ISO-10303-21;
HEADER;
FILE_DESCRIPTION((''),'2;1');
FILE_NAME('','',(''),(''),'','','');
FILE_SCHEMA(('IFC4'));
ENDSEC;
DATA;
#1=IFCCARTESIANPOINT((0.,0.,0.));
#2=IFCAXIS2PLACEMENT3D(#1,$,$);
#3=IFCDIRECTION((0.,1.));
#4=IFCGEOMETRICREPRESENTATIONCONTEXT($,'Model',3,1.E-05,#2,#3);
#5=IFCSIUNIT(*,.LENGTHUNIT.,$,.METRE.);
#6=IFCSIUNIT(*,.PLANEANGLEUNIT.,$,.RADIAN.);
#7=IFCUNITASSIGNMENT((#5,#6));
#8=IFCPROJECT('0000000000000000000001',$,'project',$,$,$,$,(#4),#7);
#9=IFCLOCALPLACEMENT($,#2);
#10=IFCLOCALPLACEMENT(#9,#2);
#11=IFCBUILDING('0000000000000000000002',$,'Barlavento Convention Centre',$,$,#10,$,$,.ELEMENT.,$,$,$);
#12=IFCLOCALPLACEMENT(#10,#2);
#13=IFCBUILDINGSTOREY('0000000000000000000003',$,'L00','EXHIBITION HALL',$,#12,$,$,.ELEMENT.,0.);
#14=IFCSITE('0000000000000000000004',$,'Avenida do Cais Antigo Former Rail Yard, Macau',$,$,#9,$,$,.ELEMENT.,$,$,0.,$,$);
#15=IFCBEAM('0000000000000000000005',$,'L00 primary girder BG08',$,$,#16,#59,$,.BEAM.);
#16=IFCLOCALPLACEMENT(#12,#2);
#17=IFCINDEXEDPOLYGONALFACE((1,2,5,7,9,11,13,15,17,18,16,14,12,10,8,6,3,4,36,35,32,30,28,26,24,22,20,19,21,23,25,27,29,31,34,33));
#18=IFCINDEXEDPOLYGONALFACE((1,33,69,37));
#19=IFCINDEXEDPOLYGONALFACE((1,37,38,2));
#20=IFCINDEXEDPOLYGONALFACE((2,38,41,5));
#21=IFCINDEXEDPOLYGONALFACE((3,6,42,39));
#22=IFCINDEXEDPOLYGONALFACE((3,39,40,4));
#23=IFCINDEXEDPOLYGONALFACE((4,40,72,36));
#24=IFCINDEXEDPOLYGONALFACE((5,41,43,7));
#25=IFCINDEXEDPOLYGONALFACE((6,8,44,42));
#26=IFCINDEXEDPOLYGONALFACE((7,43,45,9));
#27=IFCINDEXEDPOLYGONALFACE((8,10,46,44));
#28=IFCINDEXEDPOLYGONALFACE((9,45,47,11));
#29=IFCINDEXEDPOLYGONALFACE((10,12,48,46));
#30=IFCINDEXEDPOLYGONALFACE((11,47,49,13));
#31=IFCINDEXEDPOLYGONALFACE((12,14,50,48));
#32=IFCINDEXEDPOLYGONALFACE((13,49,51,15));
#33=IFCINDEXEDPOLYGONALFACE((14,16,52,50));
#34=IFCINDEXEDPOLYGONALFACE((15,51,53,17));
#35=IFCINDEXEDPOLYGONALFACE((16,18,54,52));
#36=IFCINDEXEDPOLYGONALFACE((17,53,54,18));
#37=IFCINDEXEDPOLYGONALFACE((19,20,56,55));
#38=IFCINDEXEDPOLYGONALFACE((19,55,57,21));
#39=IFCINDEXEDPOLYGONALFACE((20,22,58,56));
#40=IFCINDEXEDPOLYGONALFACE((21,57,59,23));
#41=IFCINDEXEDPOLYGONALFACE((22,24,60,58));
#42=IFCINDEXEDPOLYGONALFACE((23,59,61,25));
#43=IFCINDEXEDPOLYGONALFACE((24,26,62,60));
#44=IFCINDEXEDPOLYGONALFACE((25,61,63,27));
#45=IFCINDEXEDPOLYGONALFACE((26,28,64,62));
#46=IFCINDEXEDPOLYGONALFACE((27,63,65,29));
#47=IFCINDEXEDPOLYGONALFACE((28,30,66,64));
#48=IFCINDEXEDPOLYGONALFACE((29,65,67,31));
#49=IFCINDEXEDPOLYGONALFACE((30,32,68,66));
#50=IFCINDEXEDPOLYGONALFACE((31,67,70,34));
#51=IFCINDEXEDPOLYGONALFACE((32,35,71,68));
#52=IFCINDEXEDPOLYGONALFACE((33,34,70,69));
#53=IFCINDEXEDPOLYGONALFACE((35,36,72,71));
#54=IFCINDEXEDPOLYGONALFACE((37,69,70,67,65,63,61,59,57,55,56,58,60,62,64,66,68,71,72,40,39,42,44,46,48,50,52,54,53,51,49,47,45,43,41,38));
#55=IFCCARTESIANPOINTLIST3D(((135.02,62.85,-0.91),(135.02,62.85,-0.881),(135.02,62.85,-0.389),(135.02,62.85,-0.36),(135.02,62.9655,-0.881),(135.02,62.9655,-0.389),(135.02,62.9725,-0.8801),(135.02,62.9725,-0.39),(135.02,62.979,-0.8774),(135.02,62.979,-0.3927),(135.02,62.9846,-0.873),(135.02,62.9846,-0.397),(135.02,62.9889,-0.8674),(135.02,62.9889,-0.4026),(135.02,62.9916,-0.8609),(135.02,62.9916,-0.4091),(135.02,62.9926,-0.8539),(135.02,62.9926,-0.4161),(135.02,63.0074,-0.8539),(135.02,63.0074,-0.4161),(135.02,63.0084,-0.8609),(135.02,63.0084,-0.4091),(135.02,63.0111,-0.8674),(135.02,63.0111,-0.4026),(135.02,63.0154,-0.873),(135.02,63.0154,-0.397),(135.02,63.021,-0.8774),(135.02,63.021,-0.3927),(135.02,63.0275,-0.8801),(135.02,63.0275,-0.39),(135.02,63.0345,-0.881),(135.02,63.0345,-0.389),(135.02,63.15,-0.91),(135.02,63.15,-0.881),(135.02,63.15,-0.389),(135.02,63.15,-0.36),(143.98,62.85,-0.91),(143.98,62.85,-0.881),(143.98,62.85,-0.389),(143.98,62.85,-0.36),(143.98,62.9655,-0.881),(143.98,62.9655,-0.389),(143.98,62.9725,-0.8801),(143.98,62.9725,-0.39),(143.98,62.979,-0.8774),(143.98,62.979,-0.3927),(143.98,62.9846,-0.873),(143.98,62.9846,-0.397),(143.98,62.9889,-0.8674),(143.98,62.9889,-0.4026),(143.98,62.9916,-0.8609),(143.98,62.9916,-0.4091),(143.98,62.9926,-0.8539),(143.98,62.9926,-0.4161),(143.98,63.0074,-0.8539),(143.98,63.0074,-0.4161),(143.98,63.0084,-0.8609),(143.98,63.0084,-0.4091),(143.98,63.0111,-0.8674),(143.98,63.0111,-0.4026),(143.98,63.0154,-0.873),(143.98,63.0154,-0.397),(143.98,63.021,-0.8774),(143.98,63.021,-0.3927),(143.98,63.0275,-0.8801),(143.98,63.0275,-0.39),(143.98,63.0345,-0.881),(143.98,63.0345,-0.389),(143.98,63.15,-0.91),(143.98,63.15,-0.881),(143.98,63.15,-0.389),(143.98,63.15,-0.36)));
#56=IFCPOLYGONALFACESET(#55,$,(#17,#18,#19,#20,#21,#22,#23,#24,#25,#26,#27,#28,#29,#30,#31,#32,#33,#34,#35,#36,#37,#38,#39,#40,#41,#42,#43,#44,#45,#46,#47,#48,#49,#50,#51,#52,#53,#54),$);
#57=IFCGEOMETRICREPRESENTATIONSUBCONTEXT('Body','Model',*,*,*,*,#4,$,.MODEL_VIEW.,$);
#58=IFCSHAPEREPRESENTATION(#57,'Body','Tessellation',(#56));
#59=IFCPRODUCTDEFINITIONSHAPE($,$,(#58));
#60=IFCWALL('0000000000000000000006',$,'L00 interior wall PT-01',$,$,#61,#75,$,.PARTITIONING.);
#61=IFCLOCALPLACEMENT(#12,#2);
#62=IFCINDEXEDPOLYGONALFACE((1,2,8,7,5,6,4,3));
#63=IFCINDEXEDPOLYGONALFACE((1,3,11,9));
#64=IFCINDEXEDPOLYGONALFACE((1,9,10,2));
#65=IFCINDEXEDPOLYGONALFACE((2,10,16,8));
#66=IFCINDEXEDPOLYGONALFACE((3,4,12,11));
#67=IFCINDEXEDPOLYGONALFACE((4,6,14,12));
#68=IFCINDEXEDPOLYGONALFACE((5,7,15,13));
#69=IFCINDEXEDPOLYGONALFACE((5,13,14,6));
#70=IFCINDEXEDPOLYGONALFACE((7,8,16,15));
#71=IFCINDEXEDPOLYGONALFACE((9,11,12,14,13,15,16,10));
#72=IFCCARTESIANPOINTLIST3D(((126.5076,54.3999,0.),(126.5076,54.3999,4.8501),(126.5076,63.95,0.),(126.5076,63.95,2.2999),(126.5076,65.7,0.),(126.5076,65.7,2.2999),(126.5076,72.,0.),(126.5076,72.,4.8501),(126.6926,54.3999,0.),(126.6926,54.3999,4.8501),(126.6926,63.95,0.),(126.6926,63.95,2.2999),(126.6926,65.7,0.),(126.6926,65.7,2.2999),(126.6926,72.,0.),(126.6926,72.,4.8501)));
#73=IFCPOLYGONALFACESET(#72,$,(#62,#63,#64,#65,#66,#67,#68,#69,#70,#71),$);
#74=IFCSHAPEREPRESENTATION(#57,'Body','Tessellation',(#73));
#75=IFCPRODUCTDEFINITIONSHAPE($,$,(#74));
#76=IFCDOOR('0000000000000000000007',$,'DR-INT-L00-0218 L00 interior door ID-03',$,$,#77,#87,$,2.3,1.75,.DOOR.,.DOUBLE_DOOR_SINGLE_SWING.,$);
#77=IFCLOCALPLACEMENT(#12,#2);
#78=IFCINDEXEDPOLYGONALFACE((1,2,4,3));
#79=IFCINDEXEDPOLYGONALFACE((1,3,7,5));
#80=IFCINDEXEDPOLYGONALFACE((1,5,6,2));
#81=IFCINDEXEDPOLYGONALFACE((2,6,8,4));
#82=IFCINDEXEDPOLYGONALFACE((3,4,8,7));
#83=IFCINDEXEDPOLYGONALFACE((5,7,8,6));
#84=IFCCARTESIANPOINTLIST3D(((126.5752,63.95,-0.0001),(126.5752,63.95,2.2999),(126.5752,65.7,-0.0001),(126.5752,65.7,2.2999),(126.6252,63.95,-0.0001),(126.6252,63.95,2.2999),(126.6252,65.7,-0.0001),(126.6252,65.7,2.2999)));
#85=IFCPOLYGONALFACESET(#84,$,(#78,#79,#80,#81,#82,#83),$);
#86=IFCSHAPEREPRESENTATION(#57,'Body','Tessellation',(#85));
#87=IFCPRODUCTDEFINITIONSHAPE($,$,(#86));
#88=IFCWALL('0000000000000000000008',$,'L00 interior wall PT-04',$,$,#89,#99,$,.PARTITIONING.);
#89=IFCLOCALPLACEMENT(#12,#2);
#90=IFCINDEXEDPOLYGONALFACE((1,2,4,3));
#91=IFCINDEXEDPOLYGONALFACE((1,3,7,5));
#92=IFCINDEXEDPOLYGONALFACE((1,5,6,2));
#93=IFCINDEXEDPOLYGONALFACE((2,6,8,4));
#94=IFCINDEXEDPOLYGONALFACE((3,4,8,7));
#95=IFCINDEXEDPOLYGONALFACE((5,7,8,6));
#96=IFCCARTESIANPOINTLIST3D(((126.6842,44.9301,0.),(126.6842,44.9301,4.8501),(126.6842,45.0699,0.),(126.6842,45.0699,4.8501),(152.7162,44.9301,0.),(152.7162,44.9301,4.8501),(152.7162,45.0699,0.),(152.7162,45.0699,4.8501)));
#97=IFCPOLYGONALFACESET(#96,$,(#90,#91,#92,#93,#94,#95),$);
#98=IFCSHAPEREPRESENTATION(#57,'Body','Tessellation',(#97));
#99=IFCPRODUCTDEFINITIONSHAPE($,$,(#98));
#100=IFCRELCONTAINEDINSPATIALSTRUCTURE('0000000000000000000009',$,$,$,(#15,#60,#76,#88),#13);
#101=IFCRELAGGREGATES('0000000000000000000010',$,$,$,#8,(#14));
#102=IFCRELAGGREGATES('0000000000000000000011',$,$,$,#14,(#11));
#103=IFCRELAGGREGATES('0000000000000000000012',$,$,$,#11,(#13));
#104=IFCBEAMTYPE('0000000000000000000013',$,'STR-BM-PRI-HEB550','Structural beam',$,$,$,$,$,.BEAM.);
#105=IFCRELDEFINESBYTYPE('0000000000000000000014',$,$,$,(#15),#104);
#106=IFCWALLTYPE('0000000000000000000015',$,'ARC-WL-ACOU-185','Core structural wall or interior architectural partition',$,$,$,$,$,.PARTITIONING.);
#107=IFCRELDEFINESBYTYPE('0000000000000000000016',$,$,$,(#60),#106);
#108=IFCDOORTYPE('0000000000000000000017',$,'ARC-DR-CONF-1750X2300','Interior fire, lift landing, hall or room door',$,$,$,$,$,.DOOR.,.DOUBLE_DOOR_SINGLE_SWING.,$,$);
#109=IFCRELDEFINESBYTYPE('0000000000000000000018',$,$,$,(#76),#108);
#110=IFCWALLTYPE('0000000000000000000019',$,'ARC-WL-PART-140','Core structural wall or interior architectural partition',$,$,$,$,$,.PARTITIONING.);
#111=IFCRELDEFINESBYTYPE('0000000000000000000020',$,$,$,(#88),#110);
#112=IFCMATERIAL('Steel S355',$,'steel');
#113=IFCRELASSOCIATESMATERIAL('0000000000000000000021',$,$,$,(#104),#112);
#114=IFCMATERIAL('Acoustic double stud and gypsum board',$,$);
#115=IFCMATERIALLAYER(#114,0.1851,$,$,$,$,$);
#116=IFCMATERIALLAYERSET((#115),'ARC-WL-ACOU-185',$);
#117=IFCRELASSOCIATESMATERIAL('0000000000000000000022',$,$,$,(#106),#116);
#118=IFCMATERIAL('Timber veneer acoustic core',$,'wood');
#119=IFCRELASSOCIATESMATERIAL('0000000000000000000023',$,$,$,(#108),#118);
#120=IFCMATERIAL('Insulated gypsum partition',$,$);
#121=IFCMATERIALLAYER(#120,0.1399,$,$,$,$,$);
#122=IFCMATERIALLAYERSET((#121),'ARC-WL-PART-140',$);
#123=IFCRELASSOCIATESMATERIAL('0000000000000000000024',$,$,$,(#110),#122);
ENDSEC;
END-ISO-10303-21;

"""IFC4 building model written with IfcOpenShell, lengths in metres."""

from ifc_helpers import new_model, si_unit, direction, frame, frame_2d, origin, origin_2d, place, context, subcontext, project, spatial, rectangle, i_section, extrude, material, layer, layer_set, material_profile, profile_set, type_object, element, fill, save


model = new_model("IFC4")

# Units and contexts
model_context = context("Model", 3, precision=1e-05, world=origin(), true_north=direction((0.0, 1.0)))
body_context = subcontext(model_context, "Body", "Model", "MODEL_VIEW")
ifc_project = project(units=[si_unit("LENGTHUNIT", "METRE"), si_unit("PLANEANGLEUNIT", "RADIAN")], contexts=[model_context])

# Site, building, storey
site_placement = place(None, origin())
site = spatial("IfcSite", under=ifc_project, at=site_placement, Name="Avenida do Cais Antigo Former Rail Yard, Macau", CompositionType="ELEMENT", RefElevation=0.0)
building_placement = place(site_placement, origin())
building = spatial("IfcBuilding", under=site, at=building_placement, Name="Barlavento Convention Centre", CompositionType="ELEMENT")
storey_placement = place(building_placement, origin())
storey = spatial("IfcBuildingStorey", under=building, at=storey_placement, Name="L00", Description="EXHIBITION HALL", CompositionType="ELEMENT", Elevation=0.0)

# Beam
ifc_material_1 = material(Name="Steel S355", Category="steel")
ifc_material_profile_1 = material_profile(ifc_material_1, i_section(OverallWidth=0.3, OverallDepth=0.55, WebThickness=0.0149, FlangeThickness=0.0291, FilletRadius=0.0271, at=origin_2d()), Name="HEB 550")
ifc_profile_set_1 = profile_set([ifc_material_profile_1], Name="Steel S355")
beam_type_1 = type_object("IfcBeamType", Name="STR-BM-PRI-HEB550", Description="Structural beam", PredefinedType="BEAM", material=ifc_profile_set_1)
beam_1_placement = place(storey_placement, frame((135.02, 63.0, -0.635), z_axis=(1.0, 0.0, 0.0), x_axis=(0.0, 1.0, 0.0)))
element("IfcBeam", 1, at=beam_1_placement, inside=storey, type_object=beam_type_1, Name="L00 primary girder BG08", PredefinedType="BEAM", context=body_context, shape_type="SweptSolid", body=[
    extrude(i_section(OverallWidth=0.3, OverallDepth=0.55, WebThickness=0.0149, FlangeThickness=0.0291, FilletRadius=0.0271, at=origin_2d()), origin(), (0.0, 0.0, 1.0), 8.96),
])

# Wall, opening, door
ifc_material_2 = material(Name="Acoustic double stud and gypsum board")
ifc_layer_1 = layer(ifc_material_2, 0.1851)
ifc_layer_set_1 = layer_set([ifc_layer_1], Name="ARC-WL-ACOU-185")
wall_type_1 = type_object("IfcWallType", Name="ARC-WL-ACOU-185", Description="Core structural wall or interior architectural partition", PredefinedType="PARTITIONING", material=ifc_layer_set_1)
wall_1_placement = place(storey_placement, frame((126.6001, 54.3999, 0.0), z_axis=(0.0, 0.0, 1.0), x_axis=(0.0, 1.0, 0.0)))
wall_1 = element("IfcWall", 2, at=wall_1_placement, inside=storey, type_object=wall_type_1, Name="L00 interior wall PT-01", PredefinedType="PARTITIONING", context=body_context, shape_type="SweptSolid", body=[
    extrude(rectangle(XDim=17.6001, YDim=0.1851, at=frame_2d((8.8, 0.0))), origin(), (0.0, 0.0, 1.0), 4.8501),
])
opening_placement = place(wall_1_placement, frame((9.55, 0.0, 0.0)))
opening = element("IfcOpeningElement", 3, at=opening_placement, cuts=wall_1, PredefinedType="OPENING", context=body_context, shape_type="SweptSolid", body=[
    extrude(rectangle(XDim=1.75, YDim=2.3, at=frame_2d((0.875, 1.1499))), frame((0.0, 0.1025, 0.0), z_axis=(0.0, -1.0, 0.0), x_axis=(1.0, 0.0, 0.0)), (0.0, 0.0, 1.0), 0.2051),
])
ifc_material_3 = material(Name="Timber veneer acoustic core", Category="wood")
door_type = type_object("IfcDoorType", Name="ARC-DR-CONF-1750X2300", Description="Interior fire, lift landing, hall or room door", OperationType="DOUBLE_DOOR_SINGLE_SWING", PredefinedType="DOOR", material=ifc_material_3)
door_placement = place(opening_placement, origin())
door = element("IfcDoor", 4, at=door_placement, inside=storey, type_object=door_type, Name="DR-INT-L00-0218 L00 interior door ID-03", OperationType="DOUBLE_DOOR_SINGLE_SWING", OverallHeight=2.3, OverallWidth=1.75, PredefinedType="DOOR", context=body_context, shape_type="SweptSolid", body=[
    extrude(rectangle(XDim=1.75, YDim=2.3, at=frame_2d((0.875, 1.1499))), frame((0.0, 0.0249, 0.0), z_axis=(0.0, -1.0, 0.0), x_axis=(1.0, 0.0, 0.0)), (0.0, 0.0, 1.0), 0.05),
])
fill(opening, door)

# Wall
ifc_material_4 = material(Name="Insulated gypsum partition")
ifc_layer_2 = layer(ifc_material_4, 0.1399)
ifc_layer_set_2 = layer_set([ifc_layer_2], Name="ARC-WL-PART-140")
wall_type_2 = type_object("IfcWallType", Name="ARC-WL-PART-140", Description="Core structural wall or interior architectural partition", PredefinedType="PARTITIONING", material=ifc_layer_set_2)
wall_2_placement = place(storey_placement, frame((126.6841, 45.0, 0.0), z_axis=(0.0, 0.0, 1.0), x_axis=(1.0, 0.0, 0.0)))
element("IfcWall", 5, at=wall_2_placement, inside=storey, type_object=wall_type_2, Name="L00 interior wall PT-04", PredefinedType="PARTITIONING", context=body_context, shape_type="SweptSolid", body=[
    extrude(rectangle(XDim=26.032, YDim=0.1399, at=frame_2d((13.0161, 0.0))), origin(), (0.0, 0.0, 1.0), 4.8501),
])

save(model, "model.ifc")
